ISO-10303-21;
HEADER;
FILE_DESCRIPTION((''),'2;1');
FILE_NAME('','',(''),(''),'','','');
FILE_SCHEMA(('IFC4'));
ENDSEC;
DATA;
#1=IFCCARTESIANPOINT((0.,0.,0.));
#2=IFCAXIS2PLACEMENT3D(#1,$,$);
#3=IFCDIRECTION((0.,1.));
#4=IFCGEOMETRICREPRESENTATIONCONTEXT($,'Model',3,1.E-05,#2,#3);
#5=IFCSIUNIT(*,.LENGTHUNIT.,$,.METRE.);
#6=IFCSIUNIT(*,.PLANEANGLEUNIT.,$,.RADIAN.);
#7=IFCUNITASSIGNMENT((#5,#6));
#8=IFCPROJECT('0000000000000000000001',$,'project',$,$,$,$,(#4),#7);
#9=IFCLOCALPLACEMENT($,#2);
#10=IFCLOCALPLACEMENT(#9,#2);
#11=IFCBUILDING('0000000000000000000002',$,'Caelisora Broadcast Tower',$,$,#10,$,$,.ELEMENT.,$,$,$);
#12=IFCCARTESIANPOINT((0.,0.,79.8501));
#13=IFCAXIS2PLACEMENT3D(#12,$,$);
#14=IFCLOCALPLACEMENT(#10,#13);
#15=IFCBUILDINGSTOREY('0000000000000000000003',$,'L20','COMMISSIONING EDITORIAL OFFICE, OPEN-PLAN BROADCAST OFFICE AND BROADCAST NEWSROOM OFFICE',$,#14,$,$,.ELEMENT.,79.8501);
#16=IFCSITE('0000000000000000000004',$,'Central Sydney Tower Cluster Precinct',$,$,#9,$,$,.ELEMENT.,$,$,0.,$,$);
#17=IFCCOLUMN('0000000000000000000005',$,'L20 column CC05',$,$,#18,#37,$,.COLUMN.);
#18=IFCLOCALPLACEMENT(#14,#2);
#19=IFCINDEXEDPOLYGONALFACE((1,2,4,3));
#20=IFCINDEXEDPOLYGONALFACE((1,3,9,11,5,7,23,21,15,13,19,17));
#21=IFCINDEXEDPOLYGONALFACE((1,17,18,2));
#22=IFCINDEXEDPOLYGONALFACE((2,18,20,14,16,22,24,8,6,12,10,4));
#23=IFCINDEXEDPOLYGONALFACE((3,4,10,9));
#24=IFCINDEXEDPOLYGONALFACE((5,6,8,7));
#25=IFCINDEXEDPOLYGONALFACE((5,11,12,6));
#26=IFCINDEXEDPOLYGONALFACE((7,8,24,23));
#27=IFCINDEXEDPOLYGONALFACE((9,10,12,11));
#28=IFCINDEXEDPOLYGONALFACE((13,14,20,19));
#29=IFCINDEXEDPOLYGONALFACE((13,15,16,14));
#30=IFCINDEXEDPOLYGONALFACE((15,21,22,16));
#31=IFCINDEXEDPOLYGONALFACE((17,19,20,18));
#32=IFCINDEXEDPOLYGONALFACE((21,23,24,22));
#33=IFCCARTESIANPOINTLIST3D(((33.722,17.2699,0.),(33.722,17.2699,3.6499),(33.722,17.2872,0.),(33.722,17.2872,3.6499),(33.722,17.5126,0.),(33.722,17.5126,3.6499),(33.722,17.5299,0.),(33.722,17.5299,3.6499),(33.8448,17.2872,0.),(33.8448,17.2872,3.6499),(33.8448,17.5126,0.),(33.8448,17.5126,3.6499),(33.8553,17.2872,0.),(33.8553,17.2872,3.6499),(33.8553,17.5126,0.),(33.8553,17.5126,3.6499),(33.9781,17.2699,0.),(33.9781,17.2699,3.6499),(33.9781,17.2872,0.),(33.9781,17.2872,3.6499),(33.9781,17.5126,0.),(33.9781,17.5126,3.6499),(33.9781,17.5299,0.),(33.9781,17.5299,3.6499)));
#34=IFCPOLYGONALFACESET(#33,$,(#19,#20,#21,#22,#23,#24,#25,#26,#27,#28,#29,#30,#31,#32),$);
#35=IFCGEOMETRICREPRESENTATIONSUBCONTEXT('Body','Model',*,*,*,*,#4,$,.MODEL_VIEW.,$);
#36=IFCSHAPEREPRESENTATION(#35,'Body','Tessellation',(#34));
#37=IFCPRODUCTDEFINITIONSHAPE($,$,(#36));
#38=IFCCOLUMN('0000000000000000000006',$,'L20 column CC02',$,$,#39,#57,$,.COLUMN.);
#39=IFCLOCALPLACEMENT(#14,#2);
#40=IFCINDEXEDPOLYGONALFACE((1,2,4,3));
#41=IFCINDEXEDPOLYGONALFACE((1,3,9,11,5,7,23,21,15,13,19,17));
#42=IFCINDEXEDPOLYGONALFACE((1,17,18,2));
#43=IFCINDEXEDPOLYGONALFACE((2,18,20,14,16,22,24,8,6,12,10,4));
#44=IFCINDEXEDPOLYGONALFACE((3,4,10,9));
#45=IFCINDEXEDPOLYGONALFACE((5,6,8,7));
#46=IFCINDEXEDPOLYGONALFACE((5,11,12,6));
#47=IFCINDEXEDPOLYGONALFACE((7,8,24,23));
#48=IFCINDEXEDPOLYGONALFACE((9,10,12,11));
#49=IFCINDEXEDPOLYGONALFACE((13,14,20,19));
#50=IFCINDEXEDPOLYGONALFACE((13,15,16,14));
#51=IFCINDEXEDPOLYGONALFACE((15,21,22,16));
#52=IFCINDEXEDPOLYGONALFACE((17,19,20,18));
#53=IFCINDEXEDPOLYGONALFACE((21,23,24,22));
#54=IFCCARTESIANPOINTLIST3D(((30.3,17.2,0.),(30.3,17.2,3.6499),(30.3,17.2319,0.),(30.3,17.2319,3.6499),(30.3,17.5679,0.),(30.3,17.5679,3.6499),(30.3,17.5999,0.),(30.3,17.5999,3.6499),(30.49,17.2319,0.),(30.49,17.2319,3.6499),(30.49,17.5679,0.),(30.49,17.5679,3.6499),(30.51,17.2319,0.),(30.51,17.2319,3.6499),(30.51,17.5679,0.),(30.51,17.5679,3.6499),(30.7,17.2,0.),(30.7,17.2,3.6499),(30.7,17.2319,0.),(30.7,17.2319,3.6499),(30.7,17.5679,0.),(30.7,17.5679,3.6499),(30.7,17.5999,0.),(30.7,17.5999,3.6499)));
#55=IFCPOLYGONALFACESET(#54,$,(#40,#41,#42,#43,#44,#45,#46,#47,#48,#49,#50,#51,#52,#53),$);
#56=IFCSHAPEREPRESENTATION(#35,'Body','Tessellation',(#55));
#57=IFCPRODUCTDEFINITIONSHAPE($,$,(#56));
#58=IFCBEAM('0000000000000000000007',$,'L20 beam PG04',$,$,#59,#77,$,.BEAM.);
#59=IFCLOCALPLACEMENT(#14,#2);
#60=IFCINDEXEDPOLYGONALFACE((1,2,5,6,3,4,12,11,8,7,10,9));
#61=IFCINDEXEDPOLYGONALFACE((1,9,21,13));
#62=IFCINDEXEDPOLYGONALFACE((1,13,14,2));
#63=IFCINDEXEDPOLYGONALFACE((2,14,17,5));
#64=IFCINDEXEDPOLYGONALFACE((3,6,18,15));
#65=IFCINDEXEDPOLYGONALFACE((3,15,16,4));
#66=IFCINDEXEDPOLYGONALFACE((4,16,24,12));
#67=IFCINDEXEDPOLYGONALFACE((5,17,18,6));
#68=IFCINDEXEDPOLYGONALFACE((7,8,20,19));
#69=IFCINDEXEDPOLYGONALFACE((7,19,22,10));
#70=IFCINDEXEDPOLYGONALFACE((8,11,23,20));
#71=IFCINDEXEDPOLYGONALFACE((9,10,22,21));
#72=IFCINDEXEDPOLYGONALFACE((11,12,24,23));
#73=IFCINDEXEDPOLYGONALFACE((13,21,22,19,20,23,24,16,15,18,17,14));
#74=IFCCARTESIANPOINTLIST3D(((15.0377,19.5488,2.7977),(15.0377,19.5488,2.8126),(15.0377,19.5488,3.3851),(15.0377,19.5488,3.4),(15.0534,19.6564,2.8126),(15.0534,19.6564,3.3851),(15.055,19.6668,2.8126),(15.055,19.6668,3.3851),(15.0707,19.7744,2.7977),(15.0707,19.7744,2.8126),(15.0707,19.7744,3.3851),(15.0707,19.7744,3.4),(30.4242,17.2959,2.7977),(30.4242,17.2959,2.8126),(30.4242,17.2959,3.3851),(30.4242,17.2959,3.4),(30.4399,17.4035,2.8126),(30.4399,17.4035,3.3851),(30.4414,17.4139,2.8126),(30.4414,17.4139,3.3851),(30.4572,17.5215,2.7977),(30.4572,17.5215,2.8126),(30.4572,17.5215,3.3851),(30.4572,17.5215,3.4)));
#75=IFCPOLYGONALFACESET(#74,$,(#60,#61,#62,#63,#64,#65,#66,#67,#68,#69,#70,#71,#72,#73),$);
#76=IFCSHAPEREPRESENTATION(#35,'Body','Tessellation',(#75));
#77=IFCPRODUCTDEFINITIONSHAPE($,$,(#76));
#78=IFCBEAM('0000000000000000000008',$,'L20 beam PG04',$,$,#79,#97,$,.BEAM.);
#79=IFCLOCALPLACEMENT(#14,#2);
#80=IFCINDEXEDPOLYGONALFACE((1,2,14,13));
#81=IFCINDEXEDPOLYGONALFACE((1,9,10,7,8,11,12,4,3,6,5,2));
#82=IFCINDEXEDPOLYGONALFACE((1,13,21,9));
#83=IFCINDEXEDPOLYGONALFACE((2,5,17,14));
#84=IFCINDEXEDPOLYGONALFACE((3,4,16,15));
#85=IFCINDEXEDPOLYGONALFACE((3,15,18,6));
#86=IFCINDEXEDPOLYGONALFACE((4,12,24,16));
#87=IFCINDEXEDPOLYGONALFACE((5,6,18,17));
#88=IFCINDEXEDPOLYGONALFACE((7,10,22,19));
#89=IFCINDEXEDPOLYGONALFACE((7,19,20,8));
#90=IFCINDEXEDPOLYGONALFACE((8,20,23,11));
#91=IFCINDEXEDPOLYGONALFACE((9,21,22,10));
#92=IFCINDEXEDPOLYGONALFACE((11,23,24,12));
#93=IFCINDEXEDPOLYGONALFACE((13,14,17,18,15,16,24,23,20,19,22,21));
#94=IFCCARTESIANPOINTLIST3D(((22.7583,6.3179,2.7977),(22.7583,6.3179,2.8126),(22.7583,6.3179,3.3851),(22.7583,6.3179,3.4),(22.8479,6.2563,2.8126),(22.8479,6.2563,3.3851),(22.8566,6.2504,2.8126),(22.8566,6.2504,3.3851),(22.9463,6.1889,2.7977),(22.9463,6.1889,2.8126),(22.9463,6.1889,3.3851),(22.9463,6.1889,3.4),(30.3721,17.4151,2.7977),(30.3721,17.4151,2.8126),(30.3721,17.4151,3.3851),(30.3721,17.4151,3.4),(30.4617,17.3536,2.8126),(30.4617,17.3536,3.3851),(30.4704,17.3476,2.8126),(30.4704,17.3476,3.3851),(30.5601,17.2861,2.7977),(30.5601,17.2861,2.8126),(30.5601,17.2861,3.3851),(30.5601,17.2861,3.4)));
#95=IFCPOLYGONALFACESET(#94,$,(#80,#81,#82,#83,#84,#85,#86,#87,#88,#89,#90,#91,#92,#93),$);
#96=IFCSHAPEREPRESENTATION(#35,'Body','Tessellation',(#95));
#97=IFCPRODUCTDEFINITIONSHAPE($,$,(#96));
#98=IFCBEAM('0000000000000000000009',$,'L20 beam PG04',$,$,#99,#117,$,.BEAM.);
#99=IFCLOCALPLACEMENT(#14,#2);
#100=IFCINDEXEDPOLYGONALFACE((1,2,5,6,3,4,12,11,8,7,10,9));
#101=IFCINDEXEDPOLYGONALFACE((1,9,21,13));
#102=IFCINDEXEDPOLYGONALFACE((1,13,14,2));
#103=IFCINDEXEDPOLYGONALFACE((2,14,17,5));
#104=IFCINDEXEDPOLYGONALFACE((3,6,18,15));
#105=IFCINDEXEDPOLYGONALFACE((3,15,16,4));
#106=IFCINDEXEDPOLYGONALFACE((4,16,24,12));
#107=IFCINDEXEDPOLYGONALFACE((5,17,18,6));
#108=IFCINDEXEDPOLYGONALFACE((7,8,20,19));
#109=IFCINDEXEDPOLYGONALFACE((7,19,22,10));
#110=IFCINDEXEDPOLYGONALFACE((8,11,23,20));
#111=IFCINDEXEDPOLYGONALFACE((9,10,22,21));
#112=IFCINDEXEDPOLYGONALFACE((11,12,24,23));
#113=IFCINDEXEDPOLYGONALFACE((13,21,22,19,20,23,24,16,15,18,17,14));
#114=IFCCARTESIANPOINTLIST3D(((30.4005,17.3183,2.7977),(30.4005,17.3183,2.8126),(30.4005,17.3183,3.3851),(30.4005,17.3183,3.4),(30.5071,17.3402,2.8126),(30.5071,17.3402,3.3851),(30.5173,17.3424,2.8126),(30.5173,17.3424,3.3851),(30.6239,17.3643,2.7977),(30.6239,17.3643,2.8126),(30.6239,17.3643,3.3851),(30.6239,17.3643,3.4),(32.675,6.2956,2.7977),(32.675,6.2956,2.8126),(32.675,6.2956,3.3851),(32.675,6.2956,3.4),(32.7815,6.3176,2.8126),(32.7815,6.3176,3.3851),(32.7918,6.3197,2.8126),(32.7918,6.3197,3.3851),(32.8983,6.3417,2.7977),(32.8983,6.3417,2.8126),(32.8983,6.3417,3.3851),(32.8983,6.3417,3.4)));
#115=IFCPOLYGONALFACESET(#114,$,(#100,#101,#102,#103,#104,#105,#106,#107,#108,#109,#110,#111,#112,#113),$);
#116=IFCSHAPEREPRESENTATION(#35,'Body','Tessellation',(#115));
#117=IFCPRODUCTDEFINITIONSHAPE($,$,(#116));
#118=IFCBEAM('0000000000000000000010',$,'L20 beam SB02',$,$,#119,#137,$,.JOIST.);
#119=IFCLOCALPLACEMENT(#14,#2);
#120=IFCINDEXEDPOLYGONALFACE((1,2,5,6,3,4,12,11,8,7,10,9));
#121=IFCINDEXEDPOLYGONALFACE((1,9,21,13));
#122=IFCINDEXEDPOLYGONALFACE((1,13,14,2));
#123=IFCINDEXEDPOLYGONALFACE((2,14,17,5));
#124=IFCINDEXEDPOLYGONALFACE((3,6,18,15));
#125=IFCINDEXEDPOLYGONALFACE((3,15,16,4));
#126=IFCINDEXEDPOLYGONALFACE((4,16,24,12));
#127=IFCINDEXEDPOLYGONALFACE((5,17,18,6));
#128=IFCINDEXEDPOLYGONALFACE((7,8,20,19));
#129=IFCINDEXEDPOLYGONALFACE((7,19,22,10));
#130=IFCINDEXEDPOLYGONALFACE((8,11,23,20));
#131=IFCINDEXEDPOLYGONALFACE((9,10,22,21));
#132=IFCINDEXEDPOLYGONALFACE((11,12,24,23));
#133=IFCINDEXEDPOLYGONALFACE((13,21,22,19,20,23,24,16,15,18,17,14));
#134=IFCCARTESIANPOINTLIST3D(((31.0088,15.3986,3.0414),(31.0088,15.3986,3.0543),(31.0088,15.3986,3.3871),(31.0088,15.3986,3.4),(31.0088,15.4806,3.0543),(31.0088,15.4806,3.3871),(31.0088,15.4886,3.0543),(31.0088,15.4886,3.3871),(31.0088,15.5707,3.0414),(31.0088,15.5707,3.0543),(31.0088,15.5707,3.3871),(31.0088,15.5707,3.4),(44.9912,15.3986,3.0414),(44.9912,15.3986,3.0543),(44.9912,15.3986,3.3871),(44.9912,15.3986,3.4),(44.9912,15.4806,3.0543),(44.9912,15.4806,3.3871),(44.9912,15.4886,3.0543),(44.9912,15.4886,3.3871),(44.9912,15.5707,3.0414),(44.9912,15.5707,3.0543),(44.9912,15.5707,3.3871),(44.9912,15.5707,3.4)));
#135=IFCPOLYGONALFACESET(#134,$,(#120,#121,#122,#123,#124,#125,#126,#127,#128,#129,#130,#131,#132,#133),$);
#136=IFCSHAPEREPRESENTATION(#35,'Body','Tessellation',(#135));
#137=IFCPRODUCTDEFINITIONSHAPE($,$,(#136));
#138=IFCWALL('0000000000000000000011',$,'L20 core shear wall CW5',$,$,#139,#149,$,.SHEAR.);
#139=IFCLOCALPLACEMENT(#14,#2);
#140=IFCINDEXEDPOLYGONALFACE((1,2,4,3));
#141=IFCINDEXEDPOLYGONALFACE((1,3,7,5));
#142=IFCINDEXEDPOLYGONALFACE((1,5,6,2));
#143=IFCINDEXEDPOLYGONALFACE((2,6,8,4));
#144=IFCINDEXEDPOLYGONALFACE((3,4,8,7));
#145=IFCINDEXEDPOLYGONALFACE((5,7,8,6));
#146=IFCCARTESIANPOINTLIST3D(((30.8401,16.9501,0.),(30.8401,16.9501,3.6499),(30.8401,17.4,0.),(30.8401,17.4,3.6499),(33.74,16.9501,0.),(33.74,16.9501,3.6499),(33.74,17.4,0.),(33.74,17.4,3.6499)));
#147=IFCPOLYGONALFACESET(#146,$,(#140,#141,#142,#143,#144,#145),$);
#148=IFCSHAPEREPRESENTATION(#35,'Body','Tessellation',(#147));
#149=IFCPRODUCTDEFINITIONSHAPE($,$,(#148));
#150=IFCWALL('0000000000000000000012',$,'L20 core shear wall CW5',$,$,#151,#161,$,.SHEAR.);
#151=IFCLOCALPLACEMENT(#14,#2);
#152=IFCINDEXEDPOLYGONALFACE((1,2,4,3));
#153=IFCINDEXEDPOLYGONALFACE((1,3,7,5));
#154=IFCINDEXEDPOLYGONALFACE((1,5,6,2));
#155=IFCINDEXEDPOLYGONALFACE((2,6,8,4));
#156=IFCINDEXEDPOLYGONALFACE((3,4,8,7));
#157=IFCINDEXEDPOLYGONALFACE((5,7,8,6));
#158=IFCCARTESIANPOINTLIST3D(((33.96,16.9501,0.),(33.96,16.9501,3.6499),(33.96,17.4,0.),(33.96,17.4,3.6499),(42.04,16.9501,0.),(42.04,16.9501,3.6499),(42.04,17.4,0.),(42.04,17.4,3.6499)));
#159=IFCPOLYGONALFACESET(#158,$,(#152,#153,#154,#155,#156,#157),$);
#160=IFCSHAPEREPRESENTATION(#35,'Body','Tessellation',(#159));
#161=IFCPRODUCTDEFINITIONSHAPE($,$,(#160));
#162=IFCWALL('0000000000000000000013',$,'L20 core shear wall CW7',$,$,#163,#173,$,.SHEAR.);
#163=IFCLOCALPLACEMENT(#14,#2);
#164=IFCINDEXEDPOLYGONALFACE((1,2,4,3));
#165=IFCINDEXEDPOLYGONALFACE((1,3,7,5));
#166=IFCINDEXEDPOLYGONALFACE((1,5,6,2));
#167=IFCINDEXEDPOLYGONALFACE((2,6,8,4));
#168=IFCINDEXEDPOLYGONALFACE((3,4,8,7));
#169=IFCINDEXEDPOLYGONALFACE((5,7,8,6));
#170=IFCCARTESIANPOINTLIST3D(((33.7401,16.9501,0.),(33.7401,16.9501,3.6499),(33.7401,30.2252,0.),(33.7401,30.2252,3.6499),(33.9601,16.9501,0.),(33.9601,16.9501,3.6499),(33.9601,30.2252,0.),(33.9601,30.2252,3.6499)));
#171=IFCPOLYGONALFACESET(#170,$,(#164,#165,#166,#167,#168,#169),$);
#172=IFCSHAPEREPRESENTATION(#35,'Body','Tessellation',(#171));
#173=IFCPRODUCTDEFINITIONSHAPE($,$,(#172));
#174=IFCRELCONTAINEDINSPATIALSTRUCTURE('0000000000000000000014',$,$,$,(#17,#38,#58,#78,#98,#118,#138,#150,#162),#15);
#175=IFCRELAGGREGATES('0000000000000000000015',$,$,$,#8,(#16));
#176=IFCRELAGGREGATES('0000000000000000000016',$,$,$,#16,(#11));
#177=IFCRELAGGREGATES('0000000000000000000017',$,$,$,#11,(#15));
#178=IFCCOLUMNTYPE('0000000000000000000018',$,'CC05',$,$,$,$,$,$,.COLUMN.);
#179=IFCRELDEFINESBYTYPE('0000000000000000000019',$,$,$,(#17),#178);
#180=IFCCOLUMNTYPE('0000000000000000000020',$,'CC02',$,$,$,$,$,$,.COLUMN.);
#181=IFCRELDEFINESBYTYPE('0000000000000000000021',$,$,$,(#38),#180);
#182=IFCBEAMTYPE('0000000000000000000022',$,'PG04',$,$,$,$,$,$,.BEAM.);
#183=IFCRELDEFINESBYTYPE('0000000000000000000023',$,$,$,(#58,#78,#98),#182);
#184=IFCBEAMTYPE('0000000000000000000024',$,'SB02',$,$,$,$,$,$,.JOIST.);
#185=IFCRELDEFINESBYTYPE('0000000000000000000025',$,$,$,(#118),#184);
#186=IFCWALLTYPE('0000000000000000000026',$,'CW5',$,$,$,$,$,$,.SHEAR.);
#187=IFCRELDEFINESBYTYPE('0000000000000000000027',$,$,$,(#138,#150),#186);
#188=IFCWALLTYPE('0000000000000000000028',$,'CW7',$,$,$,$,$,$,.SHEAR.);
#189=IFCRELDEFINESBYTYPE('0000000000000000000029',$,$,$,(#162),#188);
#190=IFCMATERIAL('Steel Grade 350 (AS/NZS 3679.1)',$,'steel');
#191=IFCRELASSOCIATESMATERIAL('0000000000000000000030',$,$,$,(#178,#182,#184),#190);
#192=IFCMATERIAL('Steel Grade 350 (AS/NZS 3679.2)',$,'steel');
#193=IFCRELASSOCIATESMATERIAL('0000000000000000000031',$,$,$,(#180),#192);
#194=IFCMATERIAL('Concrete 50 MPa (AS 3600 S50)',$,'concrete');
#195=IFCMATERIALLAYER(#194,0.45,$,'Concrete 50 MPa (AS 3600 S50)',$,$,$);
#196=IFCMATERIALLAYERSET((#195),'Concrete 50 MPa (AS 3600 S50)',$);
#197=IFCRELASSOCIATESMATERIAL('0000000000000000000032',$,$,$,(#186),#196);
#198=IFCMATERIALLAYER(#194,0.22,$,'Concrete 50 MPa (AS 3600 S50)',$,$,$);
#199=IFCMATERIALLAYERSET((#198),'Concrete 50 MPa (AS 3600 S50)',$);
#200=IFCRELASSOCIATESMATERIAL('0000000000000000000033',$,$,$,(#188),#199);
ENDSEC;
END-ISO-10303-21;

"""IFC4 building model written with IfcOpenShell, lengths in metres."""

from ifc_helpers import new_model, si_unit, direction, frame, frame_2d, origin, origin_2d, place, context, subcontext, project, spatial, rectangle, i_section, extrude, source, transform, mapped, material, layer, layer_set, material_profile, profile_set, type_object, type_shapes, element, save


model = new_model("IFC4")

# Units and contexts
model_context = context("Model", 3, precision=1e-05, world=origin(), true_north=direction((0.0, 1.0)))
body_context = subcontext(model_context, "Body", "Model", "MODEL_VIEW")
ifc_project = project(units=[si_unit("LENGTHUNIT", "METRE"), si_unit("PLANEANGLEUNIT", "RADIAN")], contexts=[model_context])

# Site, building, storey
site_placement = place(None, origin())
site = spatial("IfcSite", under=ifc_project, at=site_placement, Name="Central Sydney Tower Cluster Precinct", CompositionType="ELEMENT", RefElevation=0.0)
building_placement = place(site_placement, origin())
building = spatial("IfcBuilding", under=site, at=building_placement, Name="Caelisora Broadcast Tower", CompositionType="ELEMENT")
storey_placement = place(building_placement, frame((0.0, 0.0, 79.8501)))
storey = spatial("IfcBuildingStorey", under=building, at=storey_placement, Name="L20", Description="COMMISSIONING EDITORIAL OFFICE, OPEN-PLAN BROADCAST OFFICE AND BROADCAST NEWSROOM OFFICE", CompositionType="ELEMENT", Elevation=79.8501)

# Columns
ifc_material_1 = material(Name="Steel Grade 350 (AS/NZS 3679.1)", Category="steel")
ifc_material_profile_1 = material_profile(ifc_material_1, i_section(OverallWidth=0.2561, OverallDepth=0.26, WebThickness=0.0105, FlangeThickness=0.0173, at=origin_2d()), Name="Steel Grade 350 (AS/NZS 3679.1)")
ifc_profile_set_1 = profile_set([ifc_material_profile_1], Name="Steel Grade 350 (AS/NZS 3679.1)")
column_type_1 = type_object("IfcColumnType", Name="CC05", PredefinedType="COLUMN", material=ifc_profile_set_1)
shared_shape_1 = source(origin(), body_context, "Body", "SweptSolid", [
    extrude(i_section(OverallWidth=0.2561, OverallDepth=0.26, WebThickness=0.0105, FlangeThickness=0.0173, at=origin_2d()), origin(), (0.0, 0.0, 1.0), 3.6499),
])
type_shapes(column_type_1, [shared_shape_1])
column_1_placement = place(storey_placement, frame((33.8501, 17.3999, 0.0), z_axis=(0.0, 0.0, 1.0), x_axis=(1.0, 0.0, 0.0)))
element("IfcColumn", 1, at=column_1_placement, inside=storey, type_object=column_type_1, Name="L20 column CC05", PredefinedType="COLUMN", context=body_context, shape_type="MappedRepresentation", body=[
    mapped(shared_shape_1, transform((0.0, 0.0, 0.0), scale=1.0)),
])
ifc_material_2 = material(Name="Steel Grade 350 (AS/NZS 3679.2)", Category="steel")
ifc_material_profile_2 = material_profile(ifc_material_2, i_section(OverallWidth=0.3999, OverallDepth=0.3999, WebThickness=0.02, FlangeThickness=0.032, at=origin_2d()), Name="Steel Grade 350 (AS/NZS 3679.2)")
ifc_profile_set_2 = profile_set([ifc_material_profile_2], Name="Steel Grade 350 (AS/NZS 3679.2)")
column_type_2 = type_object("IfcColumnType", Name="CC02", PredefinedType="COLUMN", material=ifc_profile_set_2)
shared_shape_2 = source(origin(), body_context, "Body", "SweptSolid", [
    extrude(i_section(OverallWidth=0.3999, OverallDepth=0.3999, WebThickness=0.02, FlangeThickness=0.032, at=origin_2d()), origin(), (0.0, 0.0, 1.0), 3.6499),
])
type_shapes(column_type_2, [shared_shape_2])
column_2_placement = place(storey_placement, frame((30.5, 17.3999, 0.0), z_axis=(0.0, 0.0, 1.0), x_axis=(1.0, 0.0, 0.0)))
element("IfcColumn", 2, at=column_2_placement, inside=storey, type_object=column_type_2, Name="L20 column CC02", PredefinedType="COLUMN", context=body_context, shape_type="MappedRepresentation", body=[
    mapped(shared_shape_2, transform((0.0, 0.0, 0.0), scale=1.0)),
])

# Beams
ifc_material_profile_3 = material_profile(ifc_material_1, i_section(OverallWidth=0.228, OverallDepth=0.6023, WebThickness=0.0105, FlangeThickness=0.0149, at=origin_2d()), Name="Steel Grade 350 (AS/NZS 3679.1)")
ifc_profile_set_3 = profile_set([ifc_material_profile_3], Name="Steel Grade 350 (AS/NZS 3679.1)")
beam_type_1 = type_object("IfcBeamType", Name="PG04", PredefinedType="BEAM", material=ifc_profile_set_3)
shared_shape_3 = source(origin(), body_context, "Body", "SweptSolid", [
    extrude(i_section(OverallWidth=0.228, OverallDepth=0.6023, WebThickness=0.0105, FlangeThickness=0.0149, at=origin_2d()), origin(), (0.0, 0.0, 1.0), 15.5505),
])
beam_1_placement = place(storey_placement, frame((30.4407, 17.4087, 3.0989), z_axis=(-0.98945, 0.144878, 0.0), x_axis=(-0.144878, -0.98945, 0.0)))
element("IfcBeam", 3, at=beam_1_placement, inside=storey, type_object=beam_type_1, Name="L20 beam PG04", PredefinedType="BEAM", context=body_context, shape_type="MappedRepresentation", body=[
    mapped(shared_shape_3, transform((0.0, 0.0, 0.0), scale=1.0)),
])
shared_shape_4 = source(origin(), body_context, "Body", "SweptSolid", [
    extrude(i_section(OverallWidth=0.228, OverallDepth=0.6023, WebThickness=0.0105, FlangeThickness=0.0149, at=origin_2d()), origin(), (0.0, 0.0, 1.0), 13.458),
])
beam_2_placement = place(storey_placement, frame((30.4661, 17.3506, 3.0989), z_axis=(-0.565745, -0.82458, 0.0), x_axis=(0.82458, -0.565745, 0.0)))
element("IfcBeam", 4, at=beam_2_placement, inside=storey, type_object=beam_type_1, Name="L20 beam PG04", PredefinedType="BEAM", context=body_context, shape_type="MappedRepresentation", body=[
    mapped(shared_shape_4, transform((0.0, 0.0, 0.0), scale=1.0)),
])
shared_shape_5 = source(origin(), body_context, "Body", "SweptSolid", [
    extrude(i_section(OverallWidth=0.228, OverallDepth=0.6023, WebThickness=0.0105, FlangeThickness=0.0149, at=origin_2d()), origin(), (0.0, 0.0, 1.0), 11.2549),
])
type_shapes(beam_type_1, [shared_shape_3, shared_shape_4, shared_shape_5])
beam_3_placement = place(storey_placement, frame((30.5122, 17.3413, 3.0989), z_axis=(0.202082, -0.979369, 0.0), x_axis=(0.979369, 0.202082, 0.0)))
element("IfcBeam", 5, at=beam_3_placement, inside=storey, type_object=beam_type_1, Name="L20 beam PG04", PredefinedType="BEAM", context=body_context, shape_type="MappedRepresentation", body=[
    mapped(shared_shape_5, transform((0.0, 0.0, 0.0), scale=1.0)),
])
ifc_material_profile_4 = material_profile(ifc_material_1, i_section(OverallWidth=0.1721, OverallDepth=0.3586, WebThickness=0.0081, FlangeThickness=0.0129, at=origin_2d()), Name="Steel Grade 350 (AS/NZS 3679.1)")
ifc_profile_set_4 = profile_set([ifc_material_profile_4], Name="Steel Grade 350 (AS/NZS 3679.1)")
beam_type_2 = type_object("IfcBeamType", Name="SB02", PredefinedType="JOIST", material=ifc_profile_set_4)
shared_shape_6 = source(origin(), body_context, "Body", "SweptSolid", [
    extrude(i_section(OverallWidth=0.1721, OverallDepth=0.3586, WebThickness=0.0081, FlangeThickness=0.0129, at=origin_2d()), origin(), (0.0, 0.0, 1.0), 13.9824),
])
type_shapes(beam_type_2, [shared_shape_6])
beam_4_placement = place(storey_placement, frame((31.0088, 15.4846, 3.2207), z_axis=(1.0, 0.0, 0.0), x_axis=(0.0, 1.0, 0.0)))
element("IfcBeam", 6, at=beam_4_placement, inside=storey, type_object=beam_type_2, Name="L20 beam SB02", PredefinedType="JOIST", context=body_context, shape_type="MappedRepresentation", body=[
    mapped(shared_shape_6, transform((0.0, 0.0, 0.0), scale=1.0)),
])

# Shared definitions
ifc_material_3 = material(Name="Concrete 50 MPa (AS 3600 S50)", Category="concrete")

# Walls
ifc_layer_1 = layer(ifc_material_3, 0.45, Name="Concrete 50 MPa (AS 3600 S50)")
ifc_layer_set_1 = layer_set([ifc_layer_1], Name="Concrete 50 MPa (AS 3600 S50)")
wall_type_1 = type_object("IfcWallType", Name="CW5", PredefinedType="SHEAR", material=ifc_layer_set_1)
wall_1_placement = place(storey_placement, frame((30.8401, 17.175, 0.0), z_axis=(0.0, 0.0, 1.0), x_axis=(1.0, 0.0, 0.0)))
element("IfcWall", 7, at=wall_1_placement, inside=storey, type_object=wall_type_1, Name="L20 core shear wall CW5", PredefinedType="SHEAR", context=body_context, shape_type="SweptSolid", body=[
    extrude(rectangle(XDim=2.8999, YDim=0.45, at=frame_2d((1.45, 0.0))), origin(), (0.0, 0.0, 1.0), 3.6499),
])
wall_2_placement = place(storey_placement, frame((33.96, 17.175, 0.0), z_axis=(0.0, 0.0, 1.0), x_axis=(1.0, 0.0, 0.0)))
element("IfcWall", 8, at=wall_2_placement, inside=storey, type_object=wall_type_1, Name="L20 core shear wall CW5", PredefinedType="SHEAR", context=body_context, shape_type="SweptSolid", body=[
    extrude(rectangle(XDim=8.0801, YDim=0.45, at=frame_2d((4.04, 0.0))), origin(), (0.0, 0.0, 1.0), 3.6499),
])
ifc_layer_2 = layer(ifc_material_3, 0.22, Name="Concrete 50 MPa (AS 3600 S50)")
ifc_layer_set_2 = layer_set([ifc_layer_2], Name="Concrete 50 MPa (AS 3600 S50)")
wall_type_2 = type_object("IfcWallType", Name="CW7", PredefinedType="SHEAR", material=ifc_layer_set_2)
wall_3_placement = place(storey_placement, frame((33.8501, 16.95, 0.0), z_axis=(0.0, 0.0, 1.0), x_axis=(0.0, 1.0, 0.0)))
element("IfcWall", 9, at=wall_3_placement, inside=storey, type_object=wall_type_2, Name="L20 core shear wall CW7", PredefinedType="SHEAR", context=body_context, shape_type="SweptSolid", body=[
    extrude(rectangle(XDim=13.2751, YDim=0.22, at=frame_2d((6.6377, 0.0))), origin(), (0.0, 0.0, 1.0), 3.6499),
])

save(model, "model.ifc")
